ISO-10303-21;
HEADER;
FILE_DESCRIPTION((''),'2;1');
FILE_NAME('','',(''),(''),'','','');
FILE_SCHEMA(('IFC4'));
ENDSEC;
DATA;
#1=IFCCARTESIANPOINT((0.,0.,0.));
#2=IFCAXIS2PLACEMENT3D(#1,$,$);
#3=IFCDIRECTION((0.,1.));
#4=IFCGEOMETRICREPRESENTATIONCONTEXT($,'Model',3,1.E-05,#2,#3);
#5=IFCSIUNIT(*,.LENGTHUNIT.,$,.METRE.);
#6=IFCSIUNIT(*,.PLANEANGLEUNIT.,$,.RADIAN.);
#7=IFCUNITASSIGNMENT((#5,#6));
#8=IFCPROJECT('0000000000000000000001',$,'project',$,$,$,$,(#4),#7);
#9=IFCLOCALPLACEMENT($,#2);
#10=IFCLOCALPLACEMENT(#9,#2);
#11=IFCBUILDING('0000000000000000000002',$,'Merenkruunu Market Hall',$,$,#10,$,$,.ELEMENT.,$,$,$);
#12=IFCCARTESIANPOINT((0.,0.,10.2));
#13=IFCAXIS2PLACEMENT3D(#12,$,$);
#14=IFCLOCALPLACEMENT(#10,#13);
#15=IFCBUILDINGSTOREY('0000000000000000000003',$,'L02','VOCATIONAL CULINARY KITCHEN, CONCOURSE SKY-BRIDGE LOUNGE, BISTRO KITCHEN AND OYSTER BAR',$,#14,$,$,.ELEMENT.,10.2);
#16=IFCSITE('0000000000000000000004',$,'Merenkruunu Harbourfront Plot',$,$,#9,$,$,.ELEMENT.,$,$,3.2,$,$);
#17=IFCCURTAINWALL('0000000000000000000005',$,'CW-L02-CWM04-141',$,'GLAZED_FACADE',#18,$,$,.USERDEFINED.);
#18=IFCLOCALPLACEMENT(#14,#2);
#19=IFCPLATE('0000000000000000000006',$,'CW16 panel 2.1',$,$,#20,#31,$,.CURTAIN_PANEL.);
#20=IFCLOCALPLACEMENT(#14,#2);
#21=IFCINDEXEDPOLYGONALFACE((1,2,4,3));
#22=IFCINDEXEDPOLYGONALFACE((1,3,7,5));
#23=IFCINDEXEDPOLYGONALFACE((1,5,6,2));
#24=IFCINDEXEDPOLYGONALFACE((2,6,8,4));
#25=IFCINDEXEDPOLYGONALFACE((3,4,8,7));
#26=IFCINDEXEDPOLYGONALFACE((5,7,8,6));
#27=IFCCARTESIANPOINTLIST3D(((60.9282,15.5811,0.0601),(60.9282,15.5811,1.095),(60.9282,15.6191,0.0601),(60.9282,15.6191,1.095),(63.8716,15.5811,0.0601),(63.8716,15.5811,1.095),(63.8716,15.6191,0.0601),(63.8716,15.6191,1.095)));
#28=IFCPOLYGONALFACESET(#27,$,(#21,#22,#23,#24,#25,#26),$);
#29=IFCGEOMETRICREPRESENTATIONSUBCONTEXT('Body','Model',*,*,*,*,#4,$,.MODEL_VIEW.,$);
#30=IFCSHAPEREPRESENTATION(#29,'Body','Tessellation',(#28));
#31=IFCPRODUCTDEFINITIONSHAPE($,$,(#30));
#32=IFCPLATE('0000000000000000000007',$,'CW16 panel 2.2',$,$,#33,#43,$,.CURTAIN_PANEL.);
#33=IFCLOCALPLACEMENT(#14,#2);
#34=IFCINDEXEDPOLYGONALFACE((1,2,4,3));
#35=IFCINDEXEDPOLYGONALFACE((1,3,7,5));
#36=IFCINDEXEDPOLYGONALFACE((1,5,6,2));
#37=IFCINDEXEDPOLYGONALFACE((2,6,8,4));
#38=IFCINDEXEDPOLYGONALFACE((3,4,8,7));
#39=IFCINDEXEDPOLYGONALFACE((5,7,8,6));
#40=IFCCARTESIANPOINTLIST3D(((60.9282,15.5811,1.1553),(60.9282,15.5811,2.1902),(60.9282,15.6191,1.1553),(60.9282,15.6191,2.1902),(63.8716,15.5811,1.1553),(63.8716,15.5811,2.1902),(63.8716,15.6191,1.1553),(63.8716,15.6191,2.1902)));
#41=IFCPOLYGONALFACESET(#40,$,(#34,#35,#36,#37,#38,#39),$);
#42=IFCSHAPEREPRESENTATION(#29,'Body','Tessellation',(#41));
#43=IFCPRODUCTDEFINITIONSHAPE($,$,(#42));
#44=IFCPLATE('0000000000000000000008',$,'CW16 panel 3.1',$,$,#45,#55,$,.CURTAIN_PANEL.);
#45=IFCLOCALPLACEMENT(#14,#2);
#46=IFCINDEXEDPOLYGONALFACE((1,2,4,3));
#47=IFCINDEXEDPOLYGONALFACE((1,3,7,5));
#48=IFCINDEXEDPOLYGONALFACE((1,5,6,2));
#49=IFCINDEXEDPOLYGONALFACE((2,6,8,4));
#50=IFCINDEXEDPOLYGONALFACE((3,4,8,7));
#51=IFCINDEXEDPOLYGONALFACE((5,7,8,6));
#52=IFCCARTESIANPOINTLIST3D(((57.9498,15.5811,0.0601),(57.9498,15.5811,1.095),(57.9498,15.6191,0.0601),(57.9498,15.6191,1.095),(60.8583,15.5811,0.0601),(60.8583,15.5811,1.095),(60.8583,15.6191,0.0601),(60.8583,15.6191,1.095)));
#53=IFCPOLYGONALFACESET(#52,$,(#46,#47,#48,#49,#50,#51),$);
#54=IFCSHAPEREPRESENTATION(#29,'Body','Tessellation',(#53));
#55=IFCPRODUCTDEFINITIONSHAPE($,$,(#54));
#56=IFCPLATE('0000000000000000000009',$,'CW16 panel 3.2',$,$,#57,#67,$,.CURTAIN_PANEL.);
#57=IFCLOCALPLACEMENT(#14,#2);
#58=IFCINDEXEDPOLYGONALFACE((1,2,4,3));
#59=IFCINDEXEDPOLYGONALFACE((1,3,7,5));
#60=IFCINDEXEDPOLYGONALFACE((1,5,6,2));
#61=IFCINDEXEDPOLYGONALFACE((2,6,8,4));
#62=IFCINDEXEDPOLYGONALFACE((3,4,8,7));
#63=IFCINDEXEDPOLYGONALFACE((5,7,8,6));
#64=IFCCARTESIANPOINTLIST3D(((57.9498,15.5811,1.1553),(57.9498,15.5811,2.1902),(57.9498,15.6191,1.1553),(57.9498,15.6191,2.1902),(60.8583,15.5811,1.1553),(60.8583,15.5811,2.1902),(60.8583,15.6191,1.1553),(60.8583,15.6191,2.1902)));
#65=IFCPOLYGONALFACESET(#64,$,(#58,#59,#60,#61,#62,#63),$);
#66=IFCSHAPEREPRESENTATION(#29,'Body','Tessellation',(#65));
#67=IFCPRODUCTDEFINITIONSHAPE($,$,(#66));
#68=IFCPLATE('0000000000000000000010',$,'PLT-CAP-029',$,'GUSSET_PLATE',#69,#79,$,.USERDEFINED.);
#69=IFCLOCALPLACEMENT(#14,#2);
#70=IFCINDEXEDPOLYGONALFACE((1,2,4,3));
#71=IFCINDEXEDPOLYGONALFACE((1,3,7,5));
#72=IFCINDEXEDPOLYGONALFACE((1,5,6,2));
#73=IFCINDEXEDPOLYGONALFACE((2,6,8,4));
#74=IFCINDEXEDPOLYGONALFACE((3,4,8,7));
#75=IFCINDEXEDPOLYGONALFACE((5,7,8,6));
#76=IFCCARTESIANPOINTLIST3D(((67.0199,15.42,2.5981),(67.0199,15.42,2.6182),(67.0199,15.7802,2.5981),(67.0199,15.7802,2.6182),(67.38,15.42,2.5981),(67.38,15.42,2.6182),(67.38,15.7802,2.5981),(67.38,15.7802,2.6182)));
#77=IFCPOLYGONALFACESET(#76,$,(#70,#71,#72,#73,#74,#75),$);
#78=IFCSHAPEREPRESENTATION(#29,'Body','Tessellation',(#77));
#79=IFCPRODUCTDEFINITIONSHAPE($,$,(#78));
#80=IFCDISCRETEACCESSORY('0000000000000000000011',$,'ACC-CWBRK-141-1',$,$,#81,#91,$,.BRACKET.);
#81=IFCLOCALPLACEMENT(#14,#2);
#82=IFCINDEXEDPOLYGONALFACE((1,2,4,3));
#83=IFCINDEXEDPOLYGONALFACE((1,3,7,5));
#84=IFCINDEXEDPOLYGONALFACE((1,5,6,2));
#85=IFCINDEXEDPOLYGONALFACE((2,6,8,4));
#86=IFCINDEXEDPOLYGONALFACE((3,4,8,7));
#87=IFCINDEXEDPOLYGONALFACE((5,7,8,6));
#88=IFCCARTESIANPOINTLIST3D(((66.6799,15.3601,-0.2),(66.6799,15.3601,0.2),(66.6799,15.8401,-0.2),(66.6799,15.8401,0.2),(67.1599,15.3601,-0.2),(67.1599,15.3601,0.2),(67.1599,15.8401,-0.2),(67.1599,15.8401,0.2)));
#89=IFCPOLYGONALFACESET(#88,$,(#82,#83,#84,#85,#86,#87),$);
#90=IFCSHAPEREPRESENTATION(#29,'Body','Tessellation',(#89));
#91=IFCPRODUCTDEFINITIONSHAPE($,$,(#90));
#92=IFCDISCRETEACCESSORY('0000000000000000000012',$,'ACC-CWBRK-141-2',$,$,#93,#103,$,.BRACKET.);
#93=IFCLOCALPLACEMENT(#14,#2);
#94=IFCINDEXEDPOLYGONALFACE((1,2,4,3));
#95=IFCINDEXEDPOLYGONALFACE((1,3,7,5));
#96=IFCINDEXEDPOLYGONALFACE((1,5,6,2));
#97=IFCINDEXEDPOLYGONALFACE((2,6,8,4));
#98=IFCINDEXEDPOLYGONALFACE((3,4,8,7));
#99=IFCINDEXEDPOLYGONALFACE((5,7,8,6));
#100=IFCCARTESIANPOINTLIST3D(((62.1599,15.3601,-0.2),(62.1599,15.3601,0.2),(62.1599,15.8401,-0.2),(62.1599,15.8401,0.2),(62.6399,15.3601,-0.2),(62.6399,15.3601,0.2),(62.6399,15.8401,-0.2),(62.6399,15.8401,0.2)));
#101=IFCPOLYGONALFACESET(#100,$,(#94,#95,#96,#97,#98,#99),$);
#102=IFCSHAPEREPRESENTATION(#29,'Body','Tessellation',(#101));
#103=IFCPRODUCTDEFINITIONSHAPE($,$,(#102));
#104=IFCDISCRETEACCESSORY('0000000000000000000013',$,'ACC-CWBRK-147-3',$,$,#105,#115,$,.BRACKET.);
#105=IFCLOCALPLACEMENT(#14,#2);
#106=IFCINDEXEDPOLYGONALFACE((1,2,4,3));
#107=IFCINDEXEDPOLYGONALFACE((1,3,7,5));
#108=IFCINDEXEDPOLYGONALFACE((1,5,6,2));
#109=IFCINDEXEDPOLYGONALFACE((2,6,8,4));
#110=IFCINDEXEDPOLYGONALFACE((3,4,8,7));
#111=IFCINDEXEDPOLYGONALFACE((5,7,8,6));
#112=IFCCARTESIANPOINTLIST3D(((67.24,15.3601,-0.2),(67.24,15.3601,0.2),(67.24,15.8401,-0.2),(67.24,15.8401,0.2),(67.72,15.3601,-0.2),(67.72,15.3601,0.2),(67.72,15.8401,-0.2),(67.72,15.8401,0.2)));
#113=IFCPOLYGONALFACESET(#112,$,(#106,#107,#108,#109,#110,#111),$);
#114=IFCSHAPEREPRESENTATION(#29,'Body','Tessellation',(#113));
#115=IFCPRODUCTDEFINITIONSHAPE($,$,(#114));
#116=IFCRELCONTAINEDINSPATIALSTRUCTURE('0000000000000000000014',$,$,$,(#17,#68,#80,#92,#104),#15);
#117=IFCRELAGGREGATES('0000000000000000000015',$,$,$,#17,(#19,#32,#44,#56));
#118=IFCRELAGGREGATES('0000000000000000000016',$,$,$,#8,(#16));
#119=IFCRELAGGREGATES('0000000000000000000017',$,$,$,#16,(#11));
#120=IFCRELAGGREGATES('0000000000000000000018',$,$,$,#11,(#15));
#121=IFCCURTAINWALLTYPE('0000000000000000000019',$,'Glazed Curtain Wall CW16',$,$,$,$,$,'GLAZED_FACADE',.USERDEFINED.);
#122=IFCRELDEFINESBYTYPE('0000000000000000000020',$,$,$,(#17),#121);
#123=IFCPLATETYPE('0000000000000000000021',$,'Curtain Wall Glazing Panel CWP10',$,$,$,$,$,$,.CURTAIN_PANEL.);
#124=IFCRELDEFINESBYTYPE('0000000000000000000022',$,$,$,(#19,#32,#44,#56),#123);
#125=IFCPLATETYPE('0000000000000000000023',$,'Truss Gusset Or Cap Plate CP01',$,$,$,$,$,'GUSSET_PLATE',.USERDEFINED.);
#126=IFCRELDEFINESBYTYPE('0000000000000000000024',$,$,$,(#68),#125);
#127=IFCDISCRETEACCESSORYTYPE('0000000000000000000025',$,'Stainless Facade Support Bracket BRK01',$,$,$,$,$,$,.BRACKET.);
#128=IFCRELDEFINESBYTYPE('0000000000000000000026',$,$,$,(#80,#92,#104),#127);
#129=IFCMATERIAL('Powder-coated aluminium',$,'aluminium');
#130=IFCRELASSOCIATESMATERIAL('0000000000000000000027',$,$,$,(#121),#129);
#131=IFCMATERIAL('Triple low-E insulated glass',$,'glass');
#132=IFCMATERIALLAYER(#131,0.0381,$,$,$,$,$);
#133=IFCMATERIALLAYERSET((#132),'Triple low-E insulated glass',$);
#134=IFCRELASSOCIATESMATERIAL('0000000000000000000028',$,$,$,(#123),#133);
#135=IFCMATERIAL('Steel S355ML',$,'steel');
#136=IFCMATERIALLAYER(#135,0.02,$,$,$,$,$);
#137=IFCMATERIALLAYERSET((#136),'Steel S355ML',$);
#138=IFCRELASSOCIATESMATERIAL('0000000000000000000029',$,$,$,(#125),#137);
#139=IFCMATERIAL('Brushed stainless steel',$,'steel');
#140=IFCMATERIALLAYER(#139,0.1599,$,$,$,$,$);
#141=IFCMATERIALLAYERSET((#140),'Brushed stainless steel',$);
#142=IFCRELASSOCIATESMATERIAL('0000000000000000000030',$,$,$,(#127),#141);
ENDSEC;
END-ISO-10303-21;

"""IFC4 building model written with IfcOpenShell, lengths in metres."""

from ifc_helpers import new_model, si_unit, direction, frame, origin, origin_2d, place, context, subcontext, project, spatial, rectangle, extrude, material, layer, layer_set, type_object, element, aggregate, save


model = new_model("IFC4")

# Units and contexts
model_context = context("Model", 3, precision=1e-05, world=origin(), true_north=direction((0.0, 1.0)))
body_context = subcontext(model_context, "Body", "Model", "MODEL_VIEW")
ifc_project = project(units=[si_unit("LENGTHUNIT", "METRE"), si_unit("PLANEANGLEUNIT", "RADIAN")], contexts=[model_context])

# Site, building, storey
site_placement = place(None, origin())
site = spatial("IfcSite", under=ifc_project, at=site_placement, Name="Merenkruunu Harbourfront Plot", CompositionType="ELEMENT", RefElevation=3.2)
building_placement = place(site_placement, origin())
building = spatial("IfcBuilding", under=site, at=building_placement, Name="Merenkruunu Market Hall", CompositionType="ELEMENT")
storey_placement = place(building_placement, frame((0.0, 0.0, 10.2)))
storey = spatial("IfcBuildingStorey", under=building, at=storey_placement, Name="L02", Description="VOCATIONAL CULINARY KITCHEN, CONCOURSE SKY-BRIDGE LOUNGE, BISTRO KITCHEN AND OYSTER BAR", CompositionType="ELEMENT", Elevation=10.2)

# Shared definitions
ifc_material_1 = material(Name="Steel S355ML", Category="steel")

# Curtain wall
ifc_material_2 = material(Name="Powder-coated aluminium", Category="aluminium")
curtain_wall_type = type_object("IfcCurtainWallType", Name="Glazed Curtain Wall CW16", ElementType="GLAZED_FACADE", PredefinedType="USERDEFINED", material=ifc_material_2)
curtain_wall_placement = place(storey_placement, origin())
curtain_wall = element("IfcCurtainWall", 1, at=curtain_wall_placement, inside=storey, type_object=curtain_wall_type, Name="CW-L02-CWM04-141", ObjectType="GLAZED_FACADE", PredefinedType="USERDEFINED")

# Plates
ifc_material_3 = material(Name="Triple low-E insulated glass", Category="glass")
ifc_layer_1 = layer(ifc_material_3, 0.0381)
ifc_layer_set_1 = layer_set([ifc_layer_1], Name="Triple low-E insulated glass")
plate_type_1 = type_object("IfcPlateType", Name="Curtain Wall Glazing Panel CWP10", PredefinedType="CURTAIN_PANEL", material=ifc_layer_set_1)
plate_1_placement = place(storey_placement, frame((62.3999, 15.6001, 0.0601), z_axis=(0.0, 0.0, 1.0), x_axis=(-1.0, 0.0, 0.0)))
plate_1 = element("IfcPlate", 2, at=plate_1_placement, type_object=plate_type_1, Name="CW16 panel 2.1", PredefinedType="CURTAIN_PANEL", context=body_context, shape_type="SweptSolid", body=[
    extrude(rectangle(XDim=2.9434, YDim=0.0381, at=origin_2d()), origin(), (0.0, 0.0, 1.0), 1.0349),
])
plate_2_placement = place(storey_placement, frame((62.3999, 15.6001, 1.1553), z_axis=(0.0, 0.0, 1.0), x_axis=(-1.0, 0.0, 0.0)))
plate_2 = element("IfcPlate", 3, at=plate_2_placement, type_object=plate_type_1, Name="CW16 panel 2.2", PredefinedType="CURTAIN_PANEL", context=body_context, shape_type="SweptSolid", body=[
    extrude(rectangle(XDim=2.9434, YDim=0.0381, at=origin_2d()), origin(), (0.0, 0.0, 1.0), 1.0349),
])
plate_3_placement = place(storey_placement, frame((59.4041, 15.6001, 0.0601), z_axis=(0.0, 0.0, 1.0), x_axis=(-1.0, 0.0, 0.0)))
plate_3 = element("IfcPlate", 4, at=plate_3_placement, type_object=plate_type_1, Name="CW16 panel 3.1", PredefinedType="CURTAIN_PANEL", context=body_context, shape_type="SweptSolid", body=[
    extrude(rectangle(XDim=2.9084, YDim=0.0381, at=origin_2d()), origin(), (0.0, 0.0, 1.0), 1.0349),
])
plate_4_placement = place(storey_placement, frame((59.4041, 15.6001, 1.1553), z_axis=(0.0, 0.0, 1.0), x_axis=(-1.0, 0.0, 0.0)))
plate_4 = element("IfcPlate", 5, at=plate_4_placement, type_object=plate_type_1, Name="CW16 panel 3.2", PredefinedType="CURTAIN_PANEL", context=body_context, shape_type="SweptSolid", body=[
    extrude(rectangle(XDim=2.9084, YDim=0.0381, at=origin_2d()), origin(), (0.0, 0.0, 1.0), 1.0349),
])
aggregate(curtain_wall, [plate_1, plate_2, plate_3, plate_4])
ifc_layer_2 = layer(ifc_material_1, 0.02)
ifc_layer_set_2 = layer_set([ifc_layer_2], Name="Steel S355ML")
plate_type_2 = type_object("IfcPlateType", Name="Truss Gusset Or Cap Plate CP01", ElementType="GUSSET_PLATE", PredefinedType="USERDEFINED", material=ifc_layer_set_2)
plate_5_placement = place(storey_placement, frame((67.2, 15.6001, 2.5981), z_axis=(0.0, 0.0, 1.0), x_axis=(1.0, 0.0, 0.0)))
element("IfcPlate", 6, at=plate_5_placement, inside=storey, type_object=plate_type_2, Name="PLT-CAP-029", ObjectType="GUSSET_PLATE", PredefinedType="USERDEFINED", context=body_context, shape_type="SweptSolid", body=[
    extrude(rectangle(XDim=0.3601, YDim=0.3601, at=origin_2d()), origin(), (0.0, 0.0, 1.0), 0.02),
])

# Discrete accessories
ifc_material_4 = material(Name="Brushed stainless steel", Category="steel")
ifc_layer_3 = layer(ifc_material_4, 0.1599)
ifc_layer_set_3 = layer_set([ifc_layer_3], Name="Brushed stainless steel")
discrete_accessory_type = type_object("IfcDiscreteAccessoryType", Name="Stainless Facade Support Bracket BRK01", PredefinedType="BRACKET", material=ifc_layer_set_3)
for number, where, z_axis, x_axis, name in (
    (7, (66.9199, 15.6001, -0.2), (0.0, 0.0, 1.0), (1.0, 0.0, 0.0), "ACC-CWBRK-141-1"),
    (8, (62.3999, 15.6001, -0.2), (0.0, 0.0, 1.0), (1.0, 0.0, 0.0), "ACC-CWBRK-141-2"),
    (9, (67.48, 15.6001, -0.2), (0.0, 0.0, 1.0), (1.0, 0.0, 0.0), "ACC-CWBRK-147-3"),
):
    element("IfcDiscreteAccessory", number, at=place(storey_placement, frame(where, z_axis=z_axis, x_axis=x_axis)), inside=storey, type_object=discrete_accessory_type, Name=name, PredefinedType="BRACKET", context=body_context, shape_type="SweptSolid", body=[
        extrude(rectangle(XDim=0.48, YDim=0.48, at=origin_2d()), origin(), (0.0, 0.0, 1.0), 0.3999),
    ])

save(model, "model.ifc")
